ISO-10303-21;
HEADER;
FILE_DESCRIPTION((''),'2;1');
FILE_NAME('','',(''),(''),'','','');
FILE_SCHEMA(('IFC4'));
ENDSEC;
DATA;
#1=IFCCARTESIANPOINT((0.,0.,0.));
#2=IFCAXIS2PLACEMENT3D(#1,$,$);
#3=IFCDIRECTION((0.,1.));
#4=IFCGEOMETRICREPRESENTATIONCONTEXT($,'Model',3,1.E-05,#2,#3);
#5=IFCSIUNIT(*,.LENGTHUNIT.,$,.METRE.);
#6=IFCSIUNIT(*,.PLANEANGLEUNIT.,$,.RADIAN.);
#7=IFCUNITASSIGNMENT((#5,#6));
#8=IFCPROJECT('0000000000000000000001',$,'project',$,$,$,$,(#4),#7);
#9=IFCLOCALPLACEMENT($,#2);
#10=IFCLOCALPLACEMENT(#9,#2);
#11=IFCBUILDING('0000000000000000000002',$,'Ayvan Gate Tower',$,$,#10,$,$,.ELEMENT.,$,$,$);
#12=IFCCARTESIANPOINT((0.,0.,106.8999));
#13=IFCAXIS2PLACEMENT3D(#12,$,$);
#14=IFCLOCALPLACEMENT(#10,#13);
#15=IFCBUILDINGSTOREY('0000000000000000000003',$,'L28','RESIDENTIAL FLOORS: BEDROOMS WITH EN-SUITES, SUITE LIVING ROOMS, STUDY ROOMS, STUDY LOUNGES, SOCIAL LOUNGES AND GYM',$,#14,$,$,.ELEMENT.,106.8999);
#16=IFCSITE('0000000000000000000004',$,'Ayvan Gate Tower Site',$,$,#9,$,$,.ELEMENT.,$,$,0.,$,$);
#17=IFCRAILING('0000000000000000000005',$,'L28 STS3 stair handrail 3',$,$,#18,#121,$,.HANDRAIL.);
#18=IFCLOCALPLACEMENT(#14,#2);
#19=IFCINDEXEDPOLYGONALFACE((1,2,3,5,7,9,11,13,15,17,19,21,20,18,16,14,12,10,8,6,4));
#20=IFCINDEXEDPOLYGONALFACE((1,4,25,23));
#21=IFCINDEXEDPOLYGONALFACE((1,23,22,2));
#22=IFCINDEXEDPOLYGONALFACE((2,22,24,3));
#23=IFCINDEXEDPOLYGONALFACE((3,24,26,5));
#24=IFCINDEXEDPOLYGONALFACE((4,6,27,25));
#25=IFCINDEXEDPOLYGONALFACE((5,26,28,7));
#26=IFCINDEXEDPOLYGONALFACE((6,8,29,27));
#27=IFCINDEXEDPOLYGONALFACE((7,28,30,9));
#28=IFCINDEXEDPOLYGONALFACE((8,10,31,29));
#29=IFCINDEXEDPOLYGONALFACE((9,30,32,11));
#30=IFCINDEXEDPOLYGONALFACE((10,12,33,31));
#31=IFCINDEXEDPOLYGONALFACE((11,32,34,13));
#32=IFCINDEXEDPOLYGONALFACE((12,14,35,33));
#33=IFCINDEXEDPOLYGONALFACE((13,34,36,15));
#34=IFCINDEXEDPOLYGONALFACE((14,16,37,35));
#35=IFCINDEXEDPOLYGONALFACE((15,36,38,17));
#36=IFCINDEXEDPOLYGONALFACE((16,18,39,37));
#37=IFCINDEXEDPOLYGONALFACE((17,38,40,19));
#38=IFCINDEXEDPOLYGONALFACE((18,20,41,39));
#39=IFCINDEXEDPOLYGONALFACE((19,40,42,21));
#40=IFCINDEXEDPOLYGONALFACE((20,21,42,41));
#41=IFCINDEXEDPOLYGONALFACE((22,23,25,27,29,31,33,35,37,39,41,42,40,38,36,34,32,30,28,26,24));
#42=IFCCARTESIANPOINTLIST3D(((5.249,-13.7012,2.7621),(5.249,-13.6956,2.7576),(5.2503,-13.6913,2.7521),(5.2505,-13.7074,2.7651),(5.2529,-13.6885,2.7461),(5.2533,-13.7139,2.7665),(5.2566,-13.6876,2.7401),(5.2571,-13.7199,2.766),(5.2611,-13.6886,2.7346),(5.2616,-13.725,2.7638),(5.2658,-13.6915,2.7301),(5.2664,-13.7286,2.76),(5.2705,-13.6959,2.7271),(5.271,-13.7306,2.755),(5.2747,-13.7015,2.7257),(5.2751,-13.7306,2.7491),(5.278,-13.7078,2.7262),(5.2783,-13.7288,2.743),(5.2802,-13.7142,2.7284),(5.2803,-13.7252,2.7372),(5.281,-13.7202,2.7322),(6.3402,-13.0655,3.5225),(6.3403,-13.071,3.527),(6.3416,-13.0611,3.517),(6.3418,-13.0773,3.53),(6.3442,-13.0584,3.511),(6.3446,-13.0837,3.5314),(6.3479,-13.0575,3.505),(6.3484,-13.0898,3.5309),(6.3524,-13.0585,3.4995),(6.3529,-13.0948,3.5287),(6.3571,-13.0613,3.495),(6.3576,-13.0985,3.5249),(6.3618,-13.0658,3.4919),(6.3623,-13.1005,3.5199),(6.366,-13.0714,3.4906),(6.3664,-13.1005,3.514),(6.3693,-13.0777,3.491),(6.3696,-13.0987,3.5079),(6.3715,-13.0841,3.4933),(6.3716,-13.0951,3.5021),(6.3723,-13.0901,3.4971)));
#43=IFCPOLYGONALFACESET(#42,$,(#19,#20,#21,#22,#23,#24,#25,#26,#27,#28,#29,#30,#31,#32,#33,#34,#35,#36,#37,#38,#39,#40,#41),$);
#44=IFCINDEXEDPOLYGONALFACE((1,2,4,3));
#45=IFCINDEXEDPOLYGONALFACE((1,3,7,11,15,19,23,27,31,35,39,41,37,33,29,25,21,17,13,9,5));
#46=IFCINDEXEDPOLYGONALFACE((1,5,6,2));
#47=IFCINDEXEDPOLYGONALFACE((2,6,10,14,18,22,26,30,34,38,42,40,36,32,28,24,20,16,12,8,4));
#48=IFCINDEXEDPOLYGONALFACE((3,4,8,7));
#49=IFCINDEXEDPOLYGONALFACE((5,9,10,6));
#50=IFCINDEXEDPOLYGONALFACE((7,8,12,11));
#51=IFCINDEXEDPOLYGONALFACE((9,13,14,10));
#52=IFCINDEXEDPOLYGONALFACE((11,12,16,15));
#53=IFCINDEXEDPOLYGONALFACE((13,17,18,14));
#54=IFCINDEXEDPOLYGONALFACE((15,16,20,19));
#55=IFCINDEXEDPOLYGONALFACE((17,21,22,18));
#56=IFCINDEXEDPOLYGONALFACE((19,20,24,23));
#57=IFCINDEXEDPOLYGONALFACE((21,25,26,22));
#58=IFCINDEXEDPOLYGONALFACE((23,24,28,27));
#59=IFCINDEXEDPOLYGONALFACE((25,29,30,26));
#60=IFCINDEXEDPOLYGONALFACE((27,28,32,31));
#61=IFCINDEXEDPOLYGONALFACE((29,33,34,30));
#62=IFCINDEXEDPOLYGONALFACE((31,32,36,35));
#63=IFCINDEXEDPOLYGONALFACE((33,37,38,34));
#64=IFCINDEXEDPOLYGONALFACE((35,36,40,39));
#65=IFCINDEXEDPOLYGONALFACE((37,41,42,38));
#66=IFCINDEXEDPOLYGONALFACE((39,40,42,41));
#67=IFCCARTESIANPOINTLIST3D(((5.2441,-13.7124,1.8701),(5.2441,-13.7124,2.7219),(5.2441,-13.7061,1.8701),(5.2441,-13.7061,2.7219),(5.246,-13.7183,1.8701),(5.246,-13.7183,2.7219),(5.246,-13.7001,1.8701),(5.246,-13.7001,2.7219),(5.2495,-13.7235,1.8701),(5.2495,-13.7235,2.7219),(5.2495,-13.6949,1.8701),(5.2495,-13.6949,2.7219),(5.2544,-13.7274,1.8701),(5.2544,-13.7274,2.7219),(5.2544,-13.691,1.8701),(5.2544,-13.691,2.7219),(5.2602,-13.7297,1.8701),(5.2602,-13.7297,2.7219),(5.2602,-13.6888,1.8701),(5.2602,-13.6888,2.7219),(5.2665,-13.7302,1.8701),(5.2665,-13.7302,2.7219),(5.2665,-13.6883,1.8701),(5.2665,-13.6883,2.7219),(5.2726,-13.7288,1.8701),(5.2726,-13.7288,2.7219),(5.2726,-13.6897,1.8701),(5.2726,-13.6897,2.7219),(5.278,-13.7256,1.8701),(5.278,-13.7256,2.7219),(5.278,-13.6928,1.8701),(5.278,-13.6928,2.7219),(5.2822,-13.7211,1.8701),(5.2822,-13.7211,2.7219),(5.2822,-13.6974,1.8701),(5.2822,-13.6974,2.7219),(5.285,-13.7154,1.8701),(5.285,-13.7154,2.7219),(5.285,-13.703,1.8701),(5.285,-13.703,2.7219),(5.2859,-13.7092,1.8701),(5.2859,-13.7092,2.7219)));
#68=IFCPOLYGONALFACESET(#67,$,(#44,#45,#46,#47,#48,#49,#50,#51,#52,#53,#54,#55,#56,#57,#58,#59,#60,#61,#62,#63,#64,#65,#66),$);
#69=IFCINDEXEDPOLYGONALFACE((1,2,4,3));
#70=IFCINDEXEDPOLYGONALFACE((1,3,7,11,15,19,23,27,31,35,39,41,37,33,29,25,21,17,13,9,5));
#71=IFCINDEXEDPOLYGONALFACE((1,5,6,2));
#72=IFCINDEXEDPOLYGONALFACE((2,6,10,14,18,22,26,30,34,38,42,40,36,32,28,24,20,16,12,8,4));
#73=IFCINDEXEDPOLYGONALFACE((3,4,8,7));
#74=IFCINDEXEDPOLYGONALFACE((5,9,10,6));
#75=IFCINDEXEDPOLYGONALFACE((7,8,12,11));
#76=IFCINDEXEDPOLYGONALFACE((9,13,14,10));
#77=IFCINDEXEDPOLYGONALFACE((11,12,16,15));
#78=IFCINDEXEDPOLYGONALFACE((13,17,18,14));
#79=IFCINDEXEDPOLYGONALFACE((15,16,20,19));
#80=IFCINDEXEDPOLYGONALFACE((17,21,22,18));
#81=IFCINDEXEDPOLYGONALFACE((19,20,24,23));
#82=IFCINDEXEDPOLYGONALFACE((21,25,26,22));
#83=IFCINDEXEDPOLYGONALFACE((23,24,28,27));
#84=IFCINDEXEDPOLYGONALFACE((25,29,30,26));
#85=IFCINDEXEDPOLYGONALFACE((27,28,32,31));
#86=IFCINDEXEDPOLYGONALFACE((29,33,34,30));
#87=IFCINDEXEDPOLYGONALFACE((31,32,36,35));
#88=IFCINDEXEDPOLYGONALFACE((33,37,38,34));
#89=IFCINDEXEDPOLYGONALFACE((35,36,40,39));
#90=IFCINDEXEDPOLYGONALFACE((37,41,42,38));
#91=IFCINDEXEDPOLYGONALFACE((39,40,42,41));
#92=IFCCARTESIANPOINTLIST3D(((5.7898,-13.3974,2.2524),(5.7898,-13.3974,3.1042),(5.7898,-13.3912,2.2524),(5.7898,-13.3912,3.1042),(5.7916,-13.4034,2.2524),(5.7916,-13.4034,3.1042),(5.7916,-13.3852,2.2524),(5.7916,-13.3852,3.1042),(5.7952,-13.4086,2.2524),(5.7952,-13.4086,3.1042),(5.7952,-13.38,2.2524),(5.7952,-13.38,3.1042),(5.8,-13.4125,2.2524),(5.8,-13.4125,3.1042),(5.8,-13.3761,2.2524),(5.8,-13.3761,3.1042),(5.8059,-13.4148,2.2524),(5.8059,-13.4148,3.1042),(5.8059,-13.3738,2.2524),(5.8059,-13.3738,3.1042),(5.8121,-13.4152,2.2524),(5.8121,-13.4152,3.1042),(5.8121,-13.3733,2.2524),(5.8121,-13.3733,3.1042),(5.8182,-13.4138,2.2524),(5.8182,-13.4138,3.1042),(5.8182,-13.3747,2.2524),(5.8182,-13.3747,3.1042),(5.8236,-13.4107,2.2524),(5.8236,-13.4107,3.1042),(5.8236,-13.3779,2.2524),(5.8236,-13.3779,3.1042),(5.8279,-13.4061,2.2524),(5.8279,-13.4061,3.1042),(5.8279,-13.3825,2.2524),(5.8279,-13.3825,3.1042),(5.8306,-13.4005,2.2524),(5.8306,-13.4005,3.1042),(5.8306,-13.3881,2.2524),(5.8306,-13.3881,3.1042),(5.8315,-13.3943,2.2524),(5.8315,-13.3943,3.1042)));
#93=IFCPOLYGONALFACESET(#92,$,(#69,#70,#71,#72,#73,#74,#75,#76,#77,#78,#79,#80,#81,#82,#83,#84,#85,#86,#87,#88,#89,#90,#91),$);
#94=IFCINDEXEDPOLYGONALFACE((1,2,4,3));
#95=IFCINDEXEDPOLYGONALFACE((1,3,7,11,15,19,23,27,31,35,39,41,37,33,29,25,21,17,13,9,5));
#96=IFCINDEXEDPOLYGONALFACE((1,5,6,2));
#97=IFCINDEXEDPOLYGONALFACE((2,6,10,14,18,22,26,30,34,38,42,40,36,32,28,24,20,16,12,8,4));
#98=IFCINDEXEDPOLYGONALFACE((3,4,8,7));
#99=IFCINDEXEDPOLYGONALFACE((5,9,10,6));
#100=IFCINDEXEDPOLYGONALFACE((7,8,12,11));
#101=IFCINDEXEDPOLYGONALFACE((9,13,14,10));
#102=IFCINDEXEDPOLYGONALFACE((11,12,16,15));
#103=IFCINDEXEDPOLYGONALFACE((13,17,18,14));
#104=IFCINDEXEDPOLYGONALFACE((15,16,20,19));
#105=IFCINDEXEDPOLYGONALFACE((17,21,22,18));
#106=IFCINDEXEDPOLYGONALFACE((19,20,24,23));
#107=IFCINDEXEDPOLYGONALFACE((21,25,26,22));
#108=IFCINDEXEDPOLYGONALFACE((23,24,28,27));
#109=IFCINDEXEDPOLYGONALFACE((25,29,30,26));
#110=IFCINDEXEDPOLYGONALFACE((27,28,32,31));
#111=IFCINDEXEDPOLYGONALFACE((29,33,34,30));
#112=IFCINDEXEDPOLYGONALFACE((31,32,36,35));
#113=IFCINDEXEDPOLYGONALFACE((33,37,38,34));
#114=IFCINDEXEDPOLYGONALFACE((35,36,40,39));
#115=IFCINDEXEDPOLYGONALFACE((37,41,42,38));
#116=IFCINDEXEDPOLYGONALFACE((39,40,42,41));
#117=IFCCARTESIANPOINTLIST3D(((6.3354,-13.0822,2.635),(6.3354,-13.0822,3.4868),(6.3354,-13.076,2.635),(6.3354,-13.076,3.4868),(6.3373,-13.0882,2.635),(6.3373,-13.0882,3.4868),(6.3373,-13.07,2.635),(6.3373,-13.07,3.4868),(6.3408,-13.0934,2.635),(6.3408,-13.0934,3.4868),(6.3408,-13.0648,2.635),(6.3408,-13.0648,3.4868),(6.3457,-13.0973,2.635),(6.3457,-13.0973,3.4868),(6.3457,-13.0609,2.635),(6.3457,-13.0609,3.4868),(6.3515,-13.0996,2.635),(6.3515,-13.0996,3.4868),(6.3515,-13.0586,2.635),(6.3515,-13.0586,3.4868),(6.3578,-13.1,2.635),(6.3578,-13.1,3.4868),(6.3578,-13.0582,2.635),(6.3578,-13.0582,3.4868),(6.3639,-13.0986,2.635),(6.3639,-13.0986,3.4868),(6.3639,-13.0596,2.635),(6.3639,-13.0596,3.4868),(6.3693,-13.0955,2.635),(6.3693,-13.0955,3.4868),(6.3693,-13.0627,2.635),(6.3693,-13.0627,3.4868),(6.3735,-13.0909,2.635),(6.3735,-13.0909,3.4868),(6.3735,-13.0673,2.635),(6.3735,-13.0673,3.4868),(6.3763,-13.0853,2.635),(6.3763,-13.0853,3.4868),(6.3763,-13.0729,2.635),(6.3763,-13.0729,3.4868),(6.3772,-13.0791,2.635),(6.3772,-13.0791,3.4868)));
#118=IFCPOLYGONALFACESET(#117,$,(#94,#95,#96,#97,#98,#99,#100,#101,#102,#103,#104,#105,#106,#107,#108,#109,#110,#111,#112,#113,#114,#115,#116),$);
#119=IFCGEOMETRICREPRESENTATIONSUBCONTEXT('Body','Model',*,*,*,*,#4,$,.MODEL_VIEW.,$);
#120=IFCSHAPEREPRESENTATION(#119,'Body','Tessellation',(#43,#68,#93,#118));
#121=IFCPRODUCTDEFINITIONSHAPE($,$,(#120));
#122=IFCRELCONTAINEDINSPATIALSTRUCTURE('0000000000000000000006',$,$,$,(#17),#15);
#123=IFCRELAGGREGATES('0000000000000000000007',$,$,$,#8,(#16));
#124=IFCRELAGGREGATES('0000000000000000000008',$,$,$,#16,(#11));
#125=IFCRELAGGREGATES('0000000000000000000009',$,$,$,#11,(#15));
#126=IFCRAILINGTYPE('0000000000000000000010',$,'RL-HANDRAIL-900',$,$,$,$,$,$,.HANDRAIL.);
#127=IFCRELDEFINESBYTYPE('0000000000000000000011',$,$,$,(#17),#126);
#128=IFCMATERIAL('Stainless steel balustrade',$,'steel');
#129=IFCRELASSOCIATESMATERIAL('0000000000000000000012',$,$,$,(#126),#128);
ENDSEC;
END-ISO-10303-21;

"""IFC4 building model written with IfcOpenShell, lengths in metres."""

from ifc_helpers import new_model, si_unit, direction, frame, origin, origin_2d, place, context, subcontext, project, spatial, circle, extrude, material, type_object, element, save


model = new_model("IFC4")

# Units and contexts
model_context = context("Model", 3, precision=1e-05, world=origin(), true_north=direction((0.0, 1.0)))
body_context = subcontext(model_context, "Body", "Model", "MODEL_VIEW")
ifc_project = project(units=[si_unit("LENGTHUNIT", "METRE"), si_unit("PLANEANGLEUNIT", "RADIAN")], contexts=[model_context])

# Site, building, storey
site_placement = place(None, origin())
site = spatial("IfcSite", under=ifc_project, at=site_placement, Name="Ayvan Gate Tower Site", CompositionType="ELEMENT", RefElevation=0.0)
building_placement = place(site_placement, origin())
building = spatial("IfcBuilding", under=site, at=building_placement, Name="Ayvan Gate Tower", CompositionType="ELEMENT")
storey_placement = place(building_placement, frame((0.0, 0.0, 106.8999)))
storey = spatial("IfcBuildingStorey", under=building, at=storey_placement, Name="L28", Description="RESIDENTIAL FLOORS: BEDROOMS WITH EN-SUITES, SUITE LIVING ROOMS, STUDY ROOMS, STUDY LOUNGES, SOCIAL LOUNGES AND GYM", CompositionType="ELEMENT", Elevation=106.8999)

# Railing
ifc_material_1 = material(Name="Stainless steel balustrade", Category="steel")
railing_type_1 = type_object("IfcRailingType", Name="RL-HANDRAIL-900", PredefinedType="HANDRAIL", material=ifc_material_1)
railing_1_placement = place(storey_placement, frame((5.2649, -13.7092, 1.8701)))
element("IfcRailing", 1, at=railing_1_placement, inside=storey, type_object=railing_type_1, Name="L28 STS3 stair handrail 3", PredefinedType="HANDRAIL", context=body_context, shape_type="SweptSolid", body=[
    extrude(circle(Radius=0.0239, at=origin_2d()), frame((0.0, 0.0, 0.876), z_axis=(0.740304, 0.427455, 0.518875), x_axis=(-0.500035, 0.866005, 0.0)), (0.0, 0.0, 1.0), 1.4741),
    extrude(circle(Radius=0.021, at=origin_2d()), origin(), (0.0, 0.0, 1.0), 0.8518),
    extrude(circle(Radius=0.021, at=origin_2d()), frame((0.5457, 0.3149, 0.3823)), (0.0, 0.0, 1.0), 0.8518),
    extrude(circle(Radius=0.021, at=origin_2d()), frame((1.0913, 0.6301, 0.7649)), (0.0, 0.0, 1.0), 0.8518),
])

save(model, "model.ifc")
